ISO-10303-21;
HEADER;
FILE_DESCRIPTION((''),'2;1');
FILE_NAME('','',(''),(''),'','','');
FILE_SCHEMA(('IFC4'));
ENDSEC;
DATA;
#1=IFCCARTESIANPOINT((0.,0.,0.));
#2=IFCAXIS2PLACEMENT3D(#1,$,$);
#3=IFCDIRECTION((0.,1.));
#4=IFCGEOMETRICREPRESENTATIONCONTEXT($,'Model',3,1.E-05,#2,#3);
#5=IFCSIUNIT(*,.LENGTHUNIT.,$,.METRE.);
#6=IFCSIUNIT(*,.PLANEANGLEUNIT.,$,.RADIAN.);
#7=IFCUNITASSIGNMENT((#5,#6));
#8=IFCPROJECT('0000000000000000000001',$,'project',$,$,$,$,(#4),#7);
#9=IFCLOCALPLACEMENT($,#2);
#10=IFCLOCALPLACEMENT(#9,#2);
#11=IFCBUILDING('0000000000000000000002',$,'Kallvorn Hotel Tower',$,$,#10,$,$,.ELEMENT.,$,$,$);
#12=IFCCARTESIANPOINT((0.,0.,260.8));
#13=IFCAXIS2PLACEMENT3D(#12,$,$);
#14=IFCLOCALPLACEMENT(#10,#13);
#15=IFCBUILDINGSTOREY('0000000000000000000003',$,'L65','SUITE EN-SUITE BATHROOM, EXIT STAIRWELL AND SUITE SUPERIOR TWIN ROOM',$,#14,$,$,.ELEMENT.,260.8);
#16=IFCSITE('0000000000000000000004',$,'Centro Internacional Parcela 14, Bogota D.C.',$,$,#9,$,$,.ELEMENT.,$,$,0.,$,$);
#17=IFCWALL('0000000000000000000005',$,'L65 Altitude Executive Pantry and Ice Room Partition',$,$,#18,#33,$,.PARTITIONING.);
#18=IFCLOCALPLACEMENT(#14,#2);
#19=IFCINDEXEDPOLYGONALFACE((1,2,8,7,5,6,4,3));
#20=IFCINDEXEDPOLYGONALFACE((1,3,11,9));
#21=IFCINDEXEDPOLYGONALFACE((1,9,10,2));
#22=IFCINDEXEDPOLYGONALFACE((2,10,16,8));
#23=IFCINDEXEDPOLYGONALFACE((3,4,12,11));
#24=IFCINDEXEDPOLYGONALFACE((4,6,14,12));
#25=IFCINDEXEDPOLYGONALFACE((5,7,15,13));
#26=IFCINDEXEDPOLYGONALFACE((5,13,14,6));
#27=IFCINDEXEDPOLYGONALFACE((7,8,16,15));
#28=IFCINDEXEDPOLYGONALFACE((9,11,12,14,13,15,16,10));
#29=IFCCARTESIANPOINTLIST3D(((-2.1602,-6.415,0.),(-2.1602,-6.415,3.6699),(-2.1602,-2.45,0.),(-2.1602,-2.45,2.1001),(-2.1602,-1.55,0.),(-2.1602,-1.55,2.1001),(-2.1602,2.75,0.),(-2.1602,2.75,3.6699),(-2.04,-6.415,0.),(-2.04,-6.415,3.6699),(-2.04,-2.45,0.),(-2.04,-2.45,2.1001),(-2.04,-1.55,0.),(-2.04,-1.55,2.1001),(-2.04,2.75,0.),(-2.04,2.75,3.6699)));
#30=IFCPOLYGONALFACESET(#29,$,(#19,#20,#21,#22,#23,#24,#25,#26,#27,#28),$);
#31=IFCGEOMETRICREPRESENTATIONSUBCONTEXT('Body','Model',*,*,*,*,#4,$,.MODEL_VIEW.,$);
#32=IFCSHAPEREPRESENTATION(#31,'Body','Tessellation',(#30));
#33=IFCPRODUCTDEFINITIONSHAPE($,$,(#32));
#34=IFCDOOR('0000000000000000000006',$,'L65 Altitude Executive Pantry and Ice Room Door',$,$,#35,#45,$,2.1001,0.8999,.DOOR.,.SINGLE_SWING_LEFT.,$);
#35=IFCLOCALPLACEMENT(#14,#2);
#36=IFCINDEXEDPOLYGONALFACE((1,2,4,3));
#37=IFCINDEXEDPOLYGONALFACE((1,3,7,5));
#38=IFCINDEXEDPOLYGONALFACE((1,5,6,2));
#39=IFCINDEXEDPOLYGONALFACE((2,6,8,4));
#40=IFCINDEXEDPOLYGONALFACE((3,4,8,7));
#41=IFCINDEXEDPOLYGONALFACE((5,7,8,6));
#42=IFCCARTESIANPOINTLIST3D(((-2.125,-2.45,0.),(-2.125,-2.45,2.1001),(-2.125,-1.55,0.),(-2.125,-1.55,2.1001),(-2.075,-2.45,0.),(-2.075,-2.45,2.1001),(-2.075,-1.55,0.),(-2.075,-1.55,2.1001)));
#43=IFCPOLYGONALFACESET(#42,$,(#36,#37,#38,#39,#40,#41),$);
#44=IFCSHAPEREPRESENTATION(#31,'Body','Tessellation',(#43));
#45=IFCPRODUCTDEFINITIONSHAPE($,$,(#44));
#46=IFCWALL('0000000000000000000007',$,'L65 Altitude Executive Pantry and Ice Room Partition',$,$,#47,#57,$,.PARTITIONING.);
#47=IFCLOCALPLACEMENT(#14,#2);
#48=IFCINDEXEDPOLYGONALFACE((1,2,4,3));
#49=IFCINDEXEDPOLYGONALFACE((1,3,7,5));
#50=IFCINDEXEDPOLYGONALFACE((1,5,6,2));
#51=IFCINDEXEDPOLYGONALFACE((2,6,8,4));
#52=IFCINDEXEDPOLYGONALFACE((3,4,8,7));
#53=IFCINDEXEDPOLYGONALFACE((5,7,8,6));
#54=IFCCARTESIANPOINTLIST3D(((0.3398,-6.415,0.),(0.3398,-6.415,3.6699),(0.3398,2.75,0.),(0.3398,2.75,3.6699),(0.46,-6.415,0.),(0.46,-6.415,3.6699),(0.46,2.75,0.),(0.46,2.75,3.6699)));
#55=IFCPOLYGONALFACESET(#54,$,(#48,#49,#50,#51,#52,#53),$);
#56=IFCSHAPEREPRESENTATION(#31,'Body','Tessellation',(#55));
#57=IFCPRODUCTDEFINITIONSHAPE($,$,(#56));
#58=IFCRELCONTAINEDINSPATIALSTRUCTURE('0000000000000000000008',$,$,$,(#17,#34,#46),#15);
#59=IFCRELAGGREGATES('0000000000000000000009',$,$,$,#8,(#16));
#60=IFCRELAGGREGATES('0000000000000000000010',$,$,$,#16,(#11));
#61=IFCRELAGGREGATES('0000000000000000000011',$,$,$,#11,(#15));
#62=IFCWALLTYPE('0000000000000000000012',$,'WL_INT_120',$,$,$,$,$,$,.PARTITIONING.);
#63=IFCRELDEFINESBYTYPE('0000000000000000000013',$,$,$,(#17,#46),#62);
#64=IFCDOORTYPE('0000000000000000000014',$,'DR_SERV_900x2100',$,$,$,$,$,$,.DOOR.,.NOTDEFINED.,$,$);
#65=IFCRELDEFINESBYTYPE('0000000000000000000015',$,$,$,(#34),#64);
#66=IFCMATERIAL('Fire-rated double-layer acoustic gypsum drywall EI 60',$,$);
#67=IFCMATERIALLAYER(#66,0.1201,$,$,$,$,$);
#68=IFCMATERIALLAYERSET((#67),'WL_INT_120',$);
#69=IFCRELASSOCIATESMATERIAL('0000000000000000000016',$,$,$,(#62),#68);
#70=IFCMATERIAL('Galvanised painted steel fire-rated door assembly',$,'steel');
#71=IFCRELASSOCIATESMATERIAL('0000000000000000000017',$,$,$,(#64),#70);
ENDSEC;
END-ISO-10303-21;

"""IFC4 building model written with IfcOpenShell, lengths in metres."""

from ifc_helpers import new_model, si_unit, direction, frame, frame_2d, origin, place, context, subcontext, project, spatial, rectangle, extrude, material, layer, layer_set, type_object, element, fill, save


model = new_model("IFC4")

# Units and contexts
model_context = context("Model", 3, precision=1e-05, world=origin(), true_north=direction((0.0, 1.0)))
body_context = subcontext(model_context, "Body", "Model", "MODEL_VIEW")
ifc_project = project(units=[si_unit("LENGTHUNIT", "METRE"), si_unit("PLANEANGLEUNIT", "RADIAN")], contexts=[model_context])

# Site, building, storey
site_placement = place(None, origin())
site = spatial("IfcSite", under=ifc_project, at=site_placement, Name="Centro Internacional Parcela 14, Bogota D.C.", CompositionType="ELEMENT", RefElevation=0.0)
building_placement = place(site_placement, origin())
building = spatial("IfcBuilding", under=site, at=building_placement, Name="Kallvorn Hotel Tower", CompositionType="ELEMENT")
storey_placement = place(building_placement, frame((0.0, 0.0, 260.8)))
storey = spatial("IfcBuildingStorey", under=building, at=storey_placement, Name="L65", Description="SUITE EN-SUITE BATHROOM, EXIT STAIRWELL AND SUITE SUPERIOR TWIN ROOM", CompositionType="ELEMENT", Elevation=260.8)

# Shared definitions
ifc_material_1 = material(Name="Fire-rated double-layer acoustic gypsum drywall EI 60")
ifc_layer_1 = layer(ifc_material_1, 0.1201)
ifc_layer_set_1 = layer_set([ifc_layer_1], Name="WL_INT_120")
wall_type_1 = type_object("IfcWallType", Name="WL_INT_120", PredefinedType="PARTITIONING", material=ifc_layer_set_1)

# Wall, opening, door
wall_1_placement = place(storey_placement, frame((-2.1001, -6.415, 0.0), z_axis=(0.0, 0.0, 1.0), x_axis=(0.0, 1.0, 0.0)))
wall_1 = element("IfcWall", 1, at=wall_1_placement, inside=storey, type_object=wall_type_1, Name="L65 Altitude Executive Pantry and Ice Room Partition", PredefinedType="PARTITIONING", context=body_context, shape_type="SweptSolid", body=[
    extrude(rectangle(XDim=9.165, YDim=0.1201, at=frame_2d((4.5825, 0.0))), origin(), (0.0, 0.0, 1.0), 3.6699),
])
opening_1_placement = place(wall_1_placement, frame((3.9651, 0.0, 0.0)))
opening_1 = element("IfcOpeningElement", 2, at=opening_1_placement, cuts=wall_1, PredefinedType="OPENING", context=body_context, shape_type="SweptSolid", body=[
    extrude(rectangle(XDim=0.8999, YDim=2.1001, at=frame_2d((0.45, 1.05))), frame((0.0, 0.075, 0.0), z_axis=(0.0, -1.0, 0.0), x_axis=(1.0, 0.0, 0.0)), (0.0, 0.0, 1.0), 0.1501),
])
ifc_material_2 = material(Name="Galvanised painted steel fire-rated door assembly", Category="steel")
door_type_1 = type_object("IfcDoorType", Name="DR_SERV_900x2100", OperationType="NOTDEFINED", PredefinedType="DOOR", material=ifc_material_2)
door_1_placement = place(opening_1_placement, origin())
door_1 = element("IfcDoor", 3, at=door_1_placement, inside=storey, type_object=door_type_1, Name="L65 Altitude Executive Pantry and Ice Room Door", OperationType="SINGLE_SWING_LEFT", OverallHeight=2.1001, OverallWidth=0.8999, PredefinedType="DOOR", context=body_context, shape_type="SweptSolid", body=[
    extrude(rectangle(XDim=0.8999, YDim=2.1001, at=frame_2d((0.45, 1.05))), frame((0.0, 0.0249, 0.0), z_axis=(0.0, -1.0, 0.0), x_axis=(1.0, 0.0, 0.0)), (0.0, 0.0, 1.0), 0.05),
])
fill(opening_1, door_1)

# Wall
wall_2_placement = place(storey_placement, frame((0.3999, -6.415, 0.0), z_axis=(0.0, 0.0, 1.0), x_axis=(0.0, 1.0, 0.0)))
element("IfcWall", 4, at=wall_2_placement, inside=storey, type_object=wall_type_1, Name="L65 Altitude Executive Pantry and Ice Room Partition", PredefinedType="PARTITIONING", context=body_context, shape_type="SweptSolid", body=[
    extrude(rectangle(XDim=9.165, YDim=0.1201, at=frame_2d((4.5825, 0.0))), origin(), (0.0, 0.0, 1.0), 3.6699),
])

save(model, "model.ifc")
